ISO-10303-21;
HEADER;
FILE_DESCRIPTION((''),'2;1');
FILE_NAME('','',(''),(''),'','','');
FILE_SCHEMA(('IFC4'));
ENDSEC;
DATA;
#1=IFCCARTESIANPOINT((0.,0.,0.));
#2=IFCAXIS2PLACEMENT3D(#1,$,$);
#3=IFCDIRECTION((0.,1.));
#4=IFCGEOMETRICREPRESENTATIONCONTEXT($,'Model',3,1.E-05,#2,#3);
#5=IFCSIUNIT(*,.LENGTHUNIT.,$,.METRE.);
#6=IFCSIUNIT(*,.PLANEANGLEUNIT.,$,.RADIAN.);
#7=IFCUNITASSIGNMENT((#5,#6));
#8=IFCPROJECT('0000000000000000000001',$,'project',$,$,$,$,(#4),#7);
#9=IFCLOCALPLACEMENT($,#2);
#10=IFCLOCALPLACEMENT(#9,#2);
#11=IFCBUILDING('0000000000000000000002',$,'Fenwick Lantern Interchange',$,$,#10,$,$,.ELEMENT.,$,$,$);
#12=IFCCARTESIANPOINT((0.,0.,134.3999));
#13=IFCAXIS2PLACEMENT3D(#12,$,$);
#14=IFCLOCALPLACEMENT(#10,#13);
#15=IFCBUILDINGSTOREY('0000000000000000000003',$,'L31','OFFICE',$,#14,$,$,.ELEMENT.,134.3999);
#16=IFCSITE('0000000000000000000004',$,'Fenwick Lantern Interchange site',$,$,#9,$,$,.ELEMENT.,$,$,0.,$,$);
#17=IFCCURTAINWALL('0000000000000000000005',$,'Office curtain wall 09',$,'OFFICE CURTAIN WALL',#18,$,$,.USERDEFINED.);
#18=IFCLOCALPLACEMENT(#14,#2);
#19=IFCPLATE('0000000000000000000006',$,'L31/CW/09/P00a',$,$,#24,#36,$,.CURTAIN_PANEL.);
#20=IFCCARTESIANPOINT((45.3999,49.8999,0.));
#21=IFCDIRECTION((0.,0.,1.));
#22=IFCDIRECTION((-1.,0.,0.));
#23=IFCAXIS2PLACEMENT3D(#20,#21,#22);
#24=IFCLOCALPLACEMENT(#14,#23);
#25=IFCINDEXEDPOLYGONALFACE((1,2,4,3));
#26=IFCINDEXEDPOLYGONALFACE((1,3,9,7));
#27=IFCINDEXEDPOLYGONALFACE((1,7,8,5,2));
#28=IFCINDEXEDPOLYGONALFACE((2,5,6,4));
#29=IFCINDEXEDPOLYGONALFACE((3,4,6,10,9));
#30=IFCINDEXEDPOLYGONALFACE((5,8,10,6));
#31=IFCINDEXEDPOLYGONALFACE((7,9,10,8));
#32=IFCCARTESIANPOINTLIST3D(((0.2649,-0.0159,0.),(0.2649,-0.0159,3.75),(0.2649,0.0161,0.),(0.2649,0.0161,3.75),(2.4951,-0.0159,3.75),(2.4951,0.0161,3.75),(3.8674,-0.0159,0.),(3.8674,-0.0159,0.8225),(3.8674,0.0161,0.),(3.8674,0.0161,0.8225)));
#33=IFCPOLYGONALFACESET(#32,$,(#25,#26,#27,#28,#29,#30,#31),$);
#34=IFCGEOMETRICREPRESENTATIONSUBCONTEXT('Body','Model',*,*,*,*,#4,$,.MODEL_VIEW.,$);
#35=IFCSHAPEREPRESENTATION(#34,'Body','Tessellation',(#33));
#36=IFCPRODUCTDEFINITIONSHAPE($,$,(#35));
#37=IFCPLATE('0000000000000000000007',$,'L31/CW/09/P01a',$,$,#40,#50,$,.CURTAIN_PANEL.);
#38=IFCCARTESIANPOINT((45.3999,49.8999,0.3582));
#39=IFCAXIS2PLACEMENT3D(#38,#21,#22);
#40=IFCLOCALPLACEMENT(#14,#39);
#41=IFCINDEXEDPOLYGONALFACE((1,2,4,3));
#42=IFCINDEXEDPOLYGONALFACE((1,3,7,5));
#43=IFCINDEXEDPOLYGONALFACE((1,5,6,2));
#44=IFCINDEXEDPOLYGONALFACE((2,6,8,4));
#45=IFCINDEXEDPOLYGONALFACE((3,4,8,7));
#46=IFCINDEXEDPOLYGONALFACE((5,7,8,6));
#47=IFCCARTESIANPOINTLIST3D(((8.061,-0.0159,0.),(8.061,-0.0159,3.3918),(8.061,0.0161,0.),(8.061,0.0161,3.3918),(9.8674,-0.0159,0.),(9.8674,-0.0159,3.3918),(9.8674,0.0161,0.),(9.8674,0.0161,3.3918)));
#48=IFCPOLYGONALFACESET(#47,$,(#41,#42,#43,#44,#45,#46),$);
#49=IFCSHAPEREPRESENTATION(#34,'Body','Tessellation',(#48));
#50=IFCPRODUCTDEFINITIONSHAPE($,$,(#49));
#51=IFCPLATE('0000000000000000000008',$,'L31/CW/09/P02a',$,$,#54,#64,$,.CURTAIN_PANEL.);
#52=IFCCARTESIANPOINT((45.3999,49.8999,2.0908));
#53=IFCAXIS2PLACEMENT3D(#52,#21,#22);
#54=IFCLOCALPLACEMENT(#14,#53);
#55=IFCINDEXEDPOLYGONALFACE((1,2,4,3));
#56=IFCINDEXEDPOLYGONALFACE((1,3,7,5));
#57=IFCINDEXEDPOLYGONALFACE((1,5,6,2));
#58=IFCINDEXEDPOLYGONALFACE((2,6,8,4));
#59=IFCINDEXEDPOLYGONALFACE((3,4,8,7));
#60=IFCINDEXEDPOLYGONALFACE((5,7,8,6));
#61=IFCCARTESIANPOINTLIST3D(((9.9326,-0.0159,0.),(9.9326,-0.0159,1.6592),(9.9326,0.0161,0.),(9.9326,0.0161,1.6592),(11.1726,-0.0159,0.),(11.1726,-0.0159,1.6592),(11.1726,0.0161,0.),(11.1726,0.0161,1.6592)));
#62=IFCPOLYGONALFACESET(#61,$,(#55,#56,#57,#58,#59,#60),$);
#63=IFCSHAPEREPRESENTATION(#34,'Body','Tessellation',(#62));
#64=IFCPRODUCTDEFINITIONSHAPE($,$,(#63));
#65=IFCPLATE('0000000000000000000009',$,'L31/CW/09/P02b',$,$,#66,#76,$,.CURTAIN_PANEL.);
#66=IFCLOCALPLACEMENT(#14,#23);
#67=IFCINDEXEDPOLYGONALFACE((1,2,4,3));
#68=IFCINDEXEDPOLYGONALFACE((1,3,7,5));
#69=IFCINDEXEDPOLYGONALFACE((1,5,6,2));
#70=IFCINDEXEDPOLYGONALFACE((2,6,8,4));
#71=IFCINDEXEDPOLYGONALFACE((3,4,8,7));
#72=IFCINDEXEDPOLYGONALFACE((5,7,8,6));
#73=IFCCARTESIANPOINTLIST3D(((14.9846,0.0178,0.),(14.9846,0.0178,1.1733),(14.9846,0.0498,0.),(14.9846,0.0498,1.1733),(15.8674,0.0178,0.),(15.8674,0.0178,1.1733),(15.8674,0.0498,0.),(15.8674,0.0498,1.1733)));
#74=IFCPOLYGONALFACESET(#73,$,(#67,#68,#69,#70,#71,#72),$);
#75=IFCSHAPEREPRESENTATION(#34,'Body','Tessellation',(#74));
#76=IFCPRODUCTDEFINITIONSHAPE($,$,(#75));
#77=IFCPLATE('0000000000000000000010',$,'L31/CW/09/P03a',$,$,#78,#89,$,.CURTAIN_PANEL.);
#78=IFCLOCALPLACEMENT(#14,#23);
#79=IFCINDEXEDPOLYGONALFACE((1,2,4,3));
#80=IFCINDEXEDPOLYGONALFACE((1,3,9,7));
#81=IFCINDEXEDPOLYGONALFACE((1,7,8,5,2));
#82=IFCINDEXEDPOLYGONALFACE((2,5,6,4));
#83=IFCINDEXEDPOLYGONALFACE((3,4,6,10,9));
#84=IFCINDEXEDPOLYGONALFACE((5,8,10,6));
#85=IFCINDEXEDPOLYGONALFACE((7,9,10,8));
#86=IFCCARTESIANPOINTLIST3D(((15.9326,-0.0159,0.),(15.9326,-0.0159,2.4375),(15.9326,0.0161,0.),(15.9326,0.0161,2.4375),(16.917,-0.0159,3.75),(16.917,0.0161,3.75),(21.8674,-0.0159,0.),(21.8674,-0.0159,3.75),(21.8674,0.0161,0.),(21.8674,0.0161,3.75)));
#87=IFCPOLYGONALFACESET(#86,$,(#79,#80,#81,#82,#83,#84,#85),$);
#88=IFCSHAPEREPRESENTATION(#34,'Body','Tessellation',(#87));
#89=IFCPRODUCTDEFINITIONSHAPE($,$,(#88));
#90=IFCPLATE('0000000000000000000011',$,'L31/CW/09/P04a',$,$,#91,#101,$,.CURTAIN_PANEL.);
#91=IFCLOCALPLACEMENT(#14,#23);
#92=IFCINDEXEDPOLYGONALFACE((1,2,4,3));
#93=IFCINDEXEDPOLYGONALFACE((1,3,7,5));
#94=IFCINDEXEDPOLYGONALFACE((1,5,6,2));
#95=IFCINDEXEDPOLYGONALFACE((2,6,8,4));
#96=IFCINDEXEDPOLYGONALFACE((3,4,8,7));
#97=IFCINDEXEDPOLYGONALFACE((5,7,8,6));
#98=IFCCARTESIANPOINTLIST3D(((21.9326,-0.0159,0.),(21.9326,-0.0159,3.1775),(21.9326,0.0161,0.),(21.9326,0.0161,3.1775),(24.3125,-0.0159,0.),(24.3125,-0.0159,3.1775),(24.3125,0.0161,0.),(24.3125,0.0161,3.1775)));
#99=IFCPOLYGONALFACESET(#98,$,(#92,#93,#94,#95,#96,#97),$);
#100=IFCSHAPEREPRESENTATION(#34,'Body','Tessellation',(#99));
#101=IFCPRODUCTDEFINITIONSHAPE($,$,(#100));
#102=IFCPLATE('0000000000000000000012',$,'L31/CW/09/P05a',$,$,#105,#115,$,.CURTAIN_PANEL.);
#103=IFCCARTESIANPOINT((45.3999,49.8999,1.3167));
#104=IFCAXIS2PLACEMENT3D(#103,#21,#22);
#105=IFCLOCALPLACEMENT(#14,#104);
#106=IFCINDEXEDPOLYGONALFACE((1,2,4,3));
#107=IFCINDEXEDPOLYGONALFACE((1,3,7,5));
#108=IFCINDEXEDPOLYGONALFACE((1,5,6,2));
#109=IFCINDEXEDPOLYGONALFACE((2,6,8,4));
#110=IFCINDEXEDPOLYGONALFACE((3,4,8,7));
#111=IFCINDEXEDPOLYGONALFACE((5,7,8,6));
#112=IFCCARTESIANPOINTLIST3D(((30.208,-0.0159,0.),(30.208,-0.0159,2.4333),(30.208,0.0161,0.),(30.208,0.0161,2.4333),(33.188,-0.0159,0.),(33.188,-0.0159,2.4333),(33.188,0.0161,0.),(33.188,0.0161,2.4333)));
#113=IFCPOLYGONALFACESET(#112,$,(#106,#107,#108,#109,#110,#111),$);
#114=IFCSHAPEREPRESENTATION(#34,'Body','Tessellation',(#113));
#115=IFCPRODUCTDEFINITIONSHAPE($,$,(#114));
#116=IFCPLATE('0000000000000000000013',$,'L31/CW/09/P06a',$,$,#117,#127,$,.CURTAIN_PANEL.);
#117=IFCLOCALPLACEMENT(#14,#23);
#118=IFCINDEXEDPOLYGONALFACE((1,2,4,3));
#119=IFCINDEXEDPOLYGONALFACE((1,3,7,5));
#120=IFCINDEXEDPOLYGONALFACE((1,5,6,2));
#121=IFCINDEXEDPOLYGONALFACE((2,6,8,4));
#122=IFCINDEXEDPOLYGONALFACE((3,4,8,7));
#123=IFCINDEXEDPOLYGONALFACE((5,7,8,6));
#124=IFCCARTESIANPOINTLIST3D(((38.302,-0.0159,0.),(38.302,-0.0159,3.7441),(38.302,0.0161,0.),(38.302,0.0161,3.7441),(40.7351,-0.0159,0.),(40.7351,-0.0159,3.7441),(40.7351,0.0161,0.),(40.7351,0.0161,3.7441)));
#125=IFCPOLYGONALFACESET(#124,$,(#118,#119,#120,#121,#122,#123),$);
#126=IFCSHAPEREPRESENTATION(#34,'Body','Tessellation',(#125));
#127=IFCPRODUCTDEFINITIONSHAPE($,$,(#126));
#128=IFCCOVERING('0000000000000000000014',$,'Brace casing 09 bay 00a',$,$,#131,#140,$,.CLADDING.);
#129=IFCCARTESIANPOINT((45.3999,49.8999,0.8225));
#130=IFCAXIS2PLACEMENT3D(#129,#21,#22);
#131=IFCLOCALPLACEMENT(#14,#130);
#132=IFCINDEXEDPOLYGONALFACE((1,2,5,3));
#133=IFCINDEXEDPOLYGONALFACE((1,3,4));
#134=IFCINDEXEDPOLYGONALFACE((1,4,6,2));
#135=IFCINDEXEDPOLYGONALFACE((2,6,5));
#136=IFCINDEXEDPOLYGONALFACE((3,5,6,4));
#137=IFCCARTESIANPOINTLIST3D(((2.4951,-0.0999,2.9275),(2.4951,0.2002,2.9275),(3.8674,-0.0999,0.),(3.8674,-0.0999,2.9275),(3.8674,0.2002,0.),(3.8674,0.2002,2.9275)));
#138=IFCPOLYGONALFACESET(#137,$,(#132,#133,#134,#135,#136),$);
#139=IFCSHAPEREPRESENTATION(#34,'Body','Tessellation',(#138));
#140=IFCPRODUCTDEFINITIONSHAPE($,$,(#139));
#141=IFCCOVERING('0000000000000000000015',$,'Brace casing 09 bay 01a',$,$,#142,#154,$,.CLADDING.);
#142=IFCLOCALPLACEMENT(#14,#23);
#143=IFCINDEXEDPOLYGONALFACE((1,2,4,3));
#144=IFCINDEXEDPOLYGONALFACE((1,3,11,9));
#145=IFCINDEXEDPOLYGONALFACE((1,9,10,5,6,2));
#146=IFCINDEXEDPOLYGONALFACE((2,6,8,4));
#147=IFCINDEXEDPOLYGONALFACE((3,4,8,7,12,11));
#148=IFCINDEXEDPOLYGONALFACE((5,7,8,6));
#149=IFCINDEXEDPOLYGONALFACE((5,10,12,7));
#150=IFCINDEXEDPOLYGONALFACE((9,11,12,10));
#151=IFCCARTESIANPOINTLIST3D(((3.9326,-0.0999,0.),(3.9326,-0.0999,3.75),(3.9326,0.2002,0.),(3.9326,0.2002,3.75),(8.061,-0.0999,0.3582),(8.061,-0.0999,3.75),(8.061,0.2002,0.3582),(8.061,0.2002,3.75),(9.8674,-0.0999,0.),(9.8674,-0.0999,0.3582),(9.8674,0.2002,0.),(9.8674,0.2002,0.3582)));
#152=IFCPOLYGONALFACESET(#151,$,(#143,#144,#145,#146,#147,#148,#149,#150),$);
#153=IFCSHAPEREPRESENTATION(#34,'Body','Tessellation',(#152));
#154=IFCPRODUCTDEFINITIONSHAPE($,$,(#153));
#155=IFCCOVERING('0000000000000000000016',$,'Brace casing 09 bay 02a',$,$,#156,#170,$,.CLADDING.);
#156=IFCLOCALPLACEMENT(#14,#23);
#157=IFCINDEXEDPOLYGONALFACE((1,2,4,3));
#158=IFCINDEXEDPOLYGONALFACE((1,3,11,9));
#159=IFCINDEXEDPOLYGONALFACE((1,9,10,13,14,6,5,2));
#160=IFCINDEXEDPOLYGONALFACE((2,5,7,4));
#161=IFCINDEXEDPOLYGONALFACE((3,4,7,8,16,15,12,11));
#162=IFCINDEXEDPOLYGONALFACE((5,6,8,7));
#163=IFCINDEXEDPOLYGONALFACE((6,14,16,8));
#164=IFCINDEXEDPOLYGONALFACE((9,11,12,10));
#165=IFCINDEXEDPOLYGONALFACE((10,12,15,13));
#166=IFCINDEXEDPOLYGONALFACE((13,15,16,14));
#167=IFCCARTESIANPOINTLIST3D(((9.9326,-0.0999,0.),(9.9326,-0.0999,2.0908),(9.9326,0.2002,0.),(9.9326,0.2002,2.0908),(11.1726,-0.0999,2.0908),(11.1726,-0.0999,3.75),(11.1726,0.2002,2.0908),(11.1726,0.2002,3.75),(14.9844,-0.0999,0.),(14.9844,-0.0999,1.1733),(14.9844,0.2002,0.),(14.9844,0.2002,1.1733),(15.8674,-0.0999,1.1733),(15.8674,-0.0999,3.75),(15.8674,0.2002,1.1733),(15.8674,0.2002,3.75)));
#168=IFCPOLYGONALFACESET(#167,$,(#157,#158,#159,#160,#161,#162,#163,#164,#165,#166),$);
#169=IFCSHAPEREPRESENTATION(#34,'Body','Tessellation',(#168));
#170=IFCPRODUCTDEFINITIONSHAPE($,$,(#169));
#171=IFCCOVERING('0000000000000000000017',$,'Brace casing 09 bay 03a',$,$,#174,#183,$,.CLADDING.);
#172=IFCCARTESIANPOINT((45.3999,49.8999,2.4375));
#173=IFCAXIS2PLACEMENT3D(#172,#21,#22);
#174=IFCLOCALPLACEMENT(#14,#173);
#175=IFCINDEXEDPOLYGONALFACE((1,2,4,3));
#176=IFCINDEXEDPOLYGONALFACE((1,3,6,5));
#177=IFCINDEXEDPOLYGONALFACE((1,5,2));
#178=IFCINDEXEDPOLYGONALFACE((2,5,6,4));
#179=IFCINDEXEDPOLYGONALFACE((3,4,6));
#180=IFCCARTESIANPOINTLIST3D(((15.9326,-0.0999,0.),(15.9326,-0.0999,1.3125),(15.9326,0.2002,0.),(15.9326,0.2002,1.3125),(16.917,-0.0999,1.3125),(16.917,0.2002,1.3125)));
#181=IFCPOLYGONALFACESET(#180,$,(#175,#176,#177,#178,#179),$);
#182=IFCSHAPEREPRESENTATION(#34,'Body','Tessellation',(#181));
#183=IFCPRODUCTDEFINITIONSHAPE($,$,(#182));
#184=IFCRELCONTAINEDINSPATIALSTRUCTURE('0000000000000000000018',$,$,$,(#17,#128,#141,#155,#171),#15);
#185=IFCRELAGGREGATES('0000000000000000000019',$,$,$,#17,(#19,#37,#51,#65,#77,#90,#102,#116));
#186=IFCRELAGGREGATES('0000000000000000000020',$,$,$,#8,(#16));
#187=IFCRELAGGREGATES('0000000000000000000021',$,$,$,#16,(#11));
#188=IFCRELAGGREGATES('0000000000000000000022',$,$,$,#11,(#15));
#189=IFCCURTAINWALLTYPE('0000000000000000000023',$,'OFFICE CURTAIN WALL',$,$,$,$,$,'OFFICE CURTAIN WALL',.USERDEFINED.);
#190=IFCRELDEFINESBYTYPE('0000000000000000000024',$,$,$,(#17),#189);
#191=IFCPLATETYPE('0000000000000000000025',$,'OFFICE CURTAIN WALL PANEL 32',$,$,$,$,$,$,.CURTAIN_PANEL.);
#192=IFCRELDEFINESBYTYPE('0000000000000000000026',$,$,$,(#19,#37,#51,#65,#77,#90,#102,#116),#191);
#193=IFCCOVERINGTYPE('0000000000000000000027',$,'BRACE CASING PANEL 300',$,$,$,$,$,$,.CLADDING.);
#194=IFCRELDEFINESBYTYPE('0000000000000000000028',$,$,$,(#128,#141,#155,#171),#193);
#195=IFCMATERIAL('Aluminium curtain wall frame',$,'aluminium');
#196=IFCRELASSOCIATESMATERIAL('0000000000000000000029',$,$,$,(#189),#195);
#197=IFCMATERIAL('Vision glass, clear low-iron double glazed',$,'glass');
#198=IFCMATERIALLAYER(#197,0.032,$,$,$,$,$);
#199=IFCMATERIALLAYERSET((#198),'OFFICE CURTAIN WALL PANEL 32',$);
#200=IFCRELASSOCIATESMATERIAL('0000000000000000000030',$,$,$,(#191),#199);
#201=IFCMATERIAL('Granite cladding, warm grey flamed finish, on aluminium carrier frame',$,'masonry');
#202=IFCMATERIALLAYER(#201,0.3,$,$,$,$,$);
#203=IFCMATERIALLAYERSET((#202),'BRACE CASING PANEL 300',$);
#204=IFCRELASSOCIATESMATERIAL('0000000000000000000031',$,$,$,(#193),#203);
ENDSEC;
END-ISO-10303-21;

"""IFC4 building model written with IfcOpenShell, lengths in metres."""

from ifc_helpers import new_model, si_unit, direction, frame, origin, place, context, subcontext, project, spatial, polyline, outline, extrude, material, layer, layer_set, type_object, element, aggregate, save


model = new_model("IFC4")

# Units and contexts
model_context = context("Model", 3, precision=1e-05, world=origin(), true_north=direction((0.0, 1.0)))
body_context = subcontext(model_context, "Body", "Model", "MODEL_VIEW")
ifc_project = project(units=[si_unit("LENGTHUNIT", "METRE"), si_unit("PLANEANGLEUNIT", "RADIAN")], contexts=[model_context])

# Site, building, storey
site_placement = place(None, origin())
site = spatial("IfcSite", under=ifc_project, at=site_placement, Name="Fenwick Lantern Interchange site", CompositionType="ELEMENT", RefElevation=0.0)
building_placement = place(site_placement, origin())
building = spatial("IfcBuilding", under=site, at=building_placement, Name="Fenwick Lantern Interchange", CompositionType="ELEMENT")
storey_placement = place(building_placement, frame((0.0, 0.0, 134.3999)))
storey = spatial("IfcBuildingStorey", under=building, at=storey_placement, Name="L31", Description="OFFICE", CompositionType="ELEMENT", Elevation=134.3999)

# Shared definitions
ifc_material_1 = material(Name="Aluminium curtain wall frame", Category="aluminium")
curtain_wall_type = type_object("IfcCurtainWallType", Name="OFFICE CURTAIN WALL", ElementType="OFFICE CURTAIN WALL", PredefinedType="USERDEFINED", material=ifc_material_1)

# Curtain wall
curtain_wall_1_placement = place(storey_placement, origin())
curtain_wall_1 = element("IfcCurtainWall", 1, at=curtain_wall_1_placement, inside=storey, type_object=curtain_wall_type, Name="Office curtain wall 09", ObjectType="OFFICE CURTAIN WALL", PredefinedType="USERDEFINED")

# Plates
ifc_material_2 = material(Name="Vision glass, clear low-iron double glazed", Category="glass")
ifc_layer_1 = layer(ifc_material_2, 0.032)
ifc_layer_set_1 = layer_set([ifc_layer_1], Name="OFFICE CURTAIN WALL PANEL 32")
plate_type = type_object("IfcPlateType", Name="OFFICE CURTAIN WALL PANEL 32", PredefinedType="CURTAIN_PANEL", material=ifc_layer_set_1)
plate_1_placement = place(storey_placement, frame((45.3999, 49.8999, 0.0), z_axis=(0.0, 0.0, 1.0), x_axis=(-1.0, 0.0, 0.0)))
plate_1 = element("IfcPlate", 2, at=plate_1_placement, type_object=plate_type, Name="L31/CW/09/P00a", PredefinedType="CURTAIN_PANEL", context=body_context, shape_type="SweptSolid", body=[
    extrude(outline(polyline([(0.2649, 0.0), (3.8674, 0.0), (3.8674, 0.8225), (2.4951, 3.75), (0.2649, 3.75), (0.2649, 0.0)])), frame((0.0, 0.0161, 0.0), z_axis=(0.0, -1.0, 0.0), x_axis=(1.0, 0.0, 0.0)), (0.0, 0.0, 1.0), 0.032),
])
plate_2_placement = place(storey_placement, frame((45.3999, 49.8999, 0.3582), z_axis=(0.0, 0.0, 1.0), x_axis=(-1.0, 0.0, 0.0)))
plate_2 = element("IfcPlate", 3, at=plate_2_placement, type_object=plate_type, Name="L31/CW/09/P01a", PredefinedType="CURTAIN_PANEL", context=body_context, shape_type="SweptSolid", body=[
    extrude(outline(polyline([(8.061, 0.0), (9.8674, 0.0), (9.8674, 3.3918), (8.061, 3.3918), (8.061, 0.0)])), frame((0.0, 0.0161, 0.0), z_axis=(0.0, -1.0, 0.0), x_axis=(1.0, 0.0, 0.0)), (0.0, 0.0, 1.0), 0.032),
])
plate_3_placement = place(storey_placement, frame((45.3999, 49.8999, 2.0908), z_axis=(0.0, 0.0, 1.0), x_axis=(-1.0, 0.0, 0.0)))
plate_3 = element("IfcPlate", 4, at=plate_3_placement, type_object=plate_type, Name="L31/CW/09/P02a", PredefinedType="CURTAIN_PANEL", context=body_context, shape_type="SweptSolid", body=[
    extrude(outline(polyline([(9.9326, 0.0), (11.1726, 0.0), (11.1726, 1.6592), (9.9326, 1.6592), (9.9326, 0.0)])), frame((0.0, 0.0161, 0.0), z_axis=(0.0, -1.0, 0.0), x_axis=(1.0, 0.0, 0.0)), (0.0, 0.0, 1.0), 0.032),
])
plate_4_placement = place(storey_placement, frame((45.3999, 49.8999, 0.0), z_axis=(0.0, 0.0, 1.0), x_axis=(-1.0, 0.0, 0.0)))
plate_4 = element("IfcPlate", 5, at=plate_4_placement, type_object=plate_type, Name="L31/CW/09/P02b", PredefinedType="CURTAIN_PANEL", context=body_context, shape_type="SweptSolid", body=[
    extrude(outline(polyline([(14.9846, 0.0), (15.8674, 0.0), (15.8674, 1.1733), (14.9846, 1.1733), (14.9846, 0.0)])), frame((0.0, 0.0498, 0.0), z_axis=(0.0, -1.0, 0.0), x_axis=(1.0, 0.0, 0.0)), (0.0, 0.0, 1.0), 0.032),
])
plate_5_placement = place(storey_placement, frame((45.3999, 49.8999, 0.0), z_axis=(0.0, 0.0, 1.0), x_axis=(-1.0, 0.0, 0.0)))
plate_5 = element("IfcPlate", 6, at=plate_5_placement, type_object=plate_type, Name="L31/CW/09/P03a", PredefinedType="CURTAIN_PANEL", context=body_context, shape_type="SweptSolid", body=[
    extrude(outline(polyline([(15.9326, 0.0), (21.8674, 0.0), (21.8674, 3.75), (16.917, 3.75), (15.9326, 2.4375), (15.9326, 0.0)])), frame((0.0, 0.0161, 0.0), z_axis=(0.0, -1.0, 0.0), x_axis=(1.0, 0.0, 0.0)), (0.0, 0.0, 1.0), 0.032),
])
plate_6_placement = place(storey_placement, frame((45.3999, 49.8999, 0.0), z_axis=(0.0, 0.0, 1.0), x_axis=(-1.0, 0.0, 0.0)))
plate_6 = element("IfcPlate", 7, at=plate_6_placement, type_object=plate_type, Name="L31/CW/09/P04a", PredefinedType="CURTAIN_PANEL", context=body_context, shape_type="SweptSolid", body=[
    extrude(outline(polyline([(21.9326, 0.0), (24.3125, 0.0), (24.3125, 3.1775), (21.9326, 3.1775), (21.9326, 0.0)])), frame((0.0, 0.0161, 0.0), z_axis=(0.0, -1.0, 0.0), x_axis=(1.0, 0.0, 0.0)), (0.0, 0.0, 1.0), 0.032),
])
plate_7_placement = place(storey_placement, frame((45.3999, 49.8999, 1.3167), z_axis=(0.0, 0.0, 1.0), x_axis=(-1.0, 0.0, 0.0)))
plate_7 = element("IfcPlate", 8, at=plate_7_placement, type_object=plate_type, Name="L31/CW/09/P05a", PredefinedType="CURTAIN_PANEL", context=body_context, shape_type="SweptSolid", body=[
    extrude(outline(polyline([(30.208, 0.0), (33.188, 0.0), (33.188, 2.4333), (30.208, 2.4333), (30.208, 0.0)])), frame((0.0, 0.0161, 0.0), z_axis=(0.0, -1.0, 0.0), x_axis=(1.0, 0.0, 0.0)), (0.0, 0.0, 1.0), 0.032),
])
plate_8_placement = place(storey_placement, frame((45.3999, 49.8999, 0.0), z_axis=(0.0, 0.0, 1.0), x_axis=(-1.0, 0.0, 0.0)))
plate_8 = element("IfcPlate", 9, at=plate_8_placement, type_object=plate_type, Name="L31/CW/09/P06a", PredefinedType="CURTAIN_PANEL", context=body_context, shape_type="SweptSolid", body=[
    extrude(outline(polyline([(38.302, 0.0), (40.7351, 0.0), (40.7351, 3.7441), (38.302, 3.7441), (38.302, 0.0)])), frame((0.0, 0.0161, 0.0), z_axis=(0.0, -1.0, 0.0), x_axis=(1.0, 0.0, 0.0)), (0.0, 0.0, 1.0), 0.032),
])
aggregate(curtain_wall_1, [plate_1, plate_2, plate_3, plate_4, plate_5, plate_6, plate_7, plate_8])

# Coverings
ifc_material_3 = material(Name="Granite cladding, warm grey flamed finish, on aluminium carrier frame", Category="masonry")
ifc_layer_2 = layer(ifc_material_3, 0.3)
ifc_layer_set_2 = layer_set([ifc_layer_2], Name="BRACE CASING PANEL 300")
covering_type = type_object("IfcCoveringType", Name="BRACE CASING PANEL 300", PredefinedType="CLADDING", material=ifc_layer_set_2)
covering_1_placement = place(storey_placement, frame((45.3999, 49.8999, 0.8225), z_axis=(0.0, 0.0, 1.0), x_axis=(-1.0, 0.0, 0.0)))
element("IfcCovering", 10, at=covering_1_placement, inside=storey, type_object=covering_type, Name="Brace casing 09 bay 00a", PredefinedType="CLADDING", context=body_context, shape_type="SweptSolid", body=[
    extrude(outline(polyline([(3.8674, 0.0), (3.8674, 2.9275), (2.4951, 2.9275), (3.8674, 0.0)])), frame((0.0, 0.2002, 0.0), z_axis=(0.0, -1.0, 0.0), x_axis=(1.0, 0.0, 0.0)), (0.0, 0.0, 1.0), 0.3),
])
covering_2_placement = place(storey_placement, frame((45.3999, 49.8999, 0.0), z_axis=(0.0, 0.0, 1.0), x_axis=(-1.0, 0.0, 0.0)))
element("IfcCovering", 11, at=covering_2_placement, inside=storey, type_object=covering_type, Name="Brace casing 09 bay 01a", PredefinedType="CLADDING", context=body_context, shape_type="SweptSolid", body=[
    extrude(outline(polyline([(3.9326, 0.0), (9.8674, 0.0), (9.8674, 0.3582), (8.061, 0.3582), (8.061, 3.75), (3.9326, 3.75), (3.9326, 0.0)])), frame((0.0, 0.2002, 0.0), z_axis=(0.0, -1.0, 0.0), x_axis=(1.0, 0.0, 0.0)), (0.0, 0.0, 1.0), 0.3),
])
covering_3_placement = place(storey_placement, frame((45.3999, 49.8999, 0.0), z_axis=(0.0, 0.0, 1.0), x_axis=(-1.0, 0.0, 0.0)))
element("IfcCovering", 12, at=covering_3_placement, inside=storey, type_object=covering_type, Name="Brace casing 09 bay 02a", PredefinedType="CLADDING", context=body_context, shape_type="SweptSolid", body=[
    extrude(outline(polyline([(9.9326, 0.0), (14.9844, 0.0), (14.9844, 1.1733), (15.8674, 1.1733), (15.8674, 3.75), (11.1726, 3.75), (11.1726, 2.0908), (9.9326, 2.0908), (9.9326, 0.0)])), frame((0.0, 0.2002, 0.0), z_axis=(0.0, -1.0, 0.0), x_axis=(1.0, 0.0, 0.0)), (0.0, 0.0, 1.0), 0.3),
])
covering_4_placement = place(storey_placement, frame((45.3999, 49.8999, 2.4375), z_axis=(0.0, 0.0, 1.0), x_axis=(-1.0, 0.0, 0.0)))
element("IfcCovering", 13, at=covering_4_placement, inside=storey, type_object=covering_type, Name="Brace casing 09 bay 03a", PredefinedType="CLADDING", context=body_context, shape_type="SweptSolid", body=[
    extrude(outline(polyline([(15.9326, 0.0), (16.917, 1.3125), (15.9326, 1.3125), (15.9326, 0.0)])), frame((0.0, 0.2002, 0.0), z_axis=(0.0, -1.0, 0.0), x_axis=(1.0, 0.0, 0.0)), (0.0, 0.0, 1.0), 0.3),
])

save(model, "model.ifc")
